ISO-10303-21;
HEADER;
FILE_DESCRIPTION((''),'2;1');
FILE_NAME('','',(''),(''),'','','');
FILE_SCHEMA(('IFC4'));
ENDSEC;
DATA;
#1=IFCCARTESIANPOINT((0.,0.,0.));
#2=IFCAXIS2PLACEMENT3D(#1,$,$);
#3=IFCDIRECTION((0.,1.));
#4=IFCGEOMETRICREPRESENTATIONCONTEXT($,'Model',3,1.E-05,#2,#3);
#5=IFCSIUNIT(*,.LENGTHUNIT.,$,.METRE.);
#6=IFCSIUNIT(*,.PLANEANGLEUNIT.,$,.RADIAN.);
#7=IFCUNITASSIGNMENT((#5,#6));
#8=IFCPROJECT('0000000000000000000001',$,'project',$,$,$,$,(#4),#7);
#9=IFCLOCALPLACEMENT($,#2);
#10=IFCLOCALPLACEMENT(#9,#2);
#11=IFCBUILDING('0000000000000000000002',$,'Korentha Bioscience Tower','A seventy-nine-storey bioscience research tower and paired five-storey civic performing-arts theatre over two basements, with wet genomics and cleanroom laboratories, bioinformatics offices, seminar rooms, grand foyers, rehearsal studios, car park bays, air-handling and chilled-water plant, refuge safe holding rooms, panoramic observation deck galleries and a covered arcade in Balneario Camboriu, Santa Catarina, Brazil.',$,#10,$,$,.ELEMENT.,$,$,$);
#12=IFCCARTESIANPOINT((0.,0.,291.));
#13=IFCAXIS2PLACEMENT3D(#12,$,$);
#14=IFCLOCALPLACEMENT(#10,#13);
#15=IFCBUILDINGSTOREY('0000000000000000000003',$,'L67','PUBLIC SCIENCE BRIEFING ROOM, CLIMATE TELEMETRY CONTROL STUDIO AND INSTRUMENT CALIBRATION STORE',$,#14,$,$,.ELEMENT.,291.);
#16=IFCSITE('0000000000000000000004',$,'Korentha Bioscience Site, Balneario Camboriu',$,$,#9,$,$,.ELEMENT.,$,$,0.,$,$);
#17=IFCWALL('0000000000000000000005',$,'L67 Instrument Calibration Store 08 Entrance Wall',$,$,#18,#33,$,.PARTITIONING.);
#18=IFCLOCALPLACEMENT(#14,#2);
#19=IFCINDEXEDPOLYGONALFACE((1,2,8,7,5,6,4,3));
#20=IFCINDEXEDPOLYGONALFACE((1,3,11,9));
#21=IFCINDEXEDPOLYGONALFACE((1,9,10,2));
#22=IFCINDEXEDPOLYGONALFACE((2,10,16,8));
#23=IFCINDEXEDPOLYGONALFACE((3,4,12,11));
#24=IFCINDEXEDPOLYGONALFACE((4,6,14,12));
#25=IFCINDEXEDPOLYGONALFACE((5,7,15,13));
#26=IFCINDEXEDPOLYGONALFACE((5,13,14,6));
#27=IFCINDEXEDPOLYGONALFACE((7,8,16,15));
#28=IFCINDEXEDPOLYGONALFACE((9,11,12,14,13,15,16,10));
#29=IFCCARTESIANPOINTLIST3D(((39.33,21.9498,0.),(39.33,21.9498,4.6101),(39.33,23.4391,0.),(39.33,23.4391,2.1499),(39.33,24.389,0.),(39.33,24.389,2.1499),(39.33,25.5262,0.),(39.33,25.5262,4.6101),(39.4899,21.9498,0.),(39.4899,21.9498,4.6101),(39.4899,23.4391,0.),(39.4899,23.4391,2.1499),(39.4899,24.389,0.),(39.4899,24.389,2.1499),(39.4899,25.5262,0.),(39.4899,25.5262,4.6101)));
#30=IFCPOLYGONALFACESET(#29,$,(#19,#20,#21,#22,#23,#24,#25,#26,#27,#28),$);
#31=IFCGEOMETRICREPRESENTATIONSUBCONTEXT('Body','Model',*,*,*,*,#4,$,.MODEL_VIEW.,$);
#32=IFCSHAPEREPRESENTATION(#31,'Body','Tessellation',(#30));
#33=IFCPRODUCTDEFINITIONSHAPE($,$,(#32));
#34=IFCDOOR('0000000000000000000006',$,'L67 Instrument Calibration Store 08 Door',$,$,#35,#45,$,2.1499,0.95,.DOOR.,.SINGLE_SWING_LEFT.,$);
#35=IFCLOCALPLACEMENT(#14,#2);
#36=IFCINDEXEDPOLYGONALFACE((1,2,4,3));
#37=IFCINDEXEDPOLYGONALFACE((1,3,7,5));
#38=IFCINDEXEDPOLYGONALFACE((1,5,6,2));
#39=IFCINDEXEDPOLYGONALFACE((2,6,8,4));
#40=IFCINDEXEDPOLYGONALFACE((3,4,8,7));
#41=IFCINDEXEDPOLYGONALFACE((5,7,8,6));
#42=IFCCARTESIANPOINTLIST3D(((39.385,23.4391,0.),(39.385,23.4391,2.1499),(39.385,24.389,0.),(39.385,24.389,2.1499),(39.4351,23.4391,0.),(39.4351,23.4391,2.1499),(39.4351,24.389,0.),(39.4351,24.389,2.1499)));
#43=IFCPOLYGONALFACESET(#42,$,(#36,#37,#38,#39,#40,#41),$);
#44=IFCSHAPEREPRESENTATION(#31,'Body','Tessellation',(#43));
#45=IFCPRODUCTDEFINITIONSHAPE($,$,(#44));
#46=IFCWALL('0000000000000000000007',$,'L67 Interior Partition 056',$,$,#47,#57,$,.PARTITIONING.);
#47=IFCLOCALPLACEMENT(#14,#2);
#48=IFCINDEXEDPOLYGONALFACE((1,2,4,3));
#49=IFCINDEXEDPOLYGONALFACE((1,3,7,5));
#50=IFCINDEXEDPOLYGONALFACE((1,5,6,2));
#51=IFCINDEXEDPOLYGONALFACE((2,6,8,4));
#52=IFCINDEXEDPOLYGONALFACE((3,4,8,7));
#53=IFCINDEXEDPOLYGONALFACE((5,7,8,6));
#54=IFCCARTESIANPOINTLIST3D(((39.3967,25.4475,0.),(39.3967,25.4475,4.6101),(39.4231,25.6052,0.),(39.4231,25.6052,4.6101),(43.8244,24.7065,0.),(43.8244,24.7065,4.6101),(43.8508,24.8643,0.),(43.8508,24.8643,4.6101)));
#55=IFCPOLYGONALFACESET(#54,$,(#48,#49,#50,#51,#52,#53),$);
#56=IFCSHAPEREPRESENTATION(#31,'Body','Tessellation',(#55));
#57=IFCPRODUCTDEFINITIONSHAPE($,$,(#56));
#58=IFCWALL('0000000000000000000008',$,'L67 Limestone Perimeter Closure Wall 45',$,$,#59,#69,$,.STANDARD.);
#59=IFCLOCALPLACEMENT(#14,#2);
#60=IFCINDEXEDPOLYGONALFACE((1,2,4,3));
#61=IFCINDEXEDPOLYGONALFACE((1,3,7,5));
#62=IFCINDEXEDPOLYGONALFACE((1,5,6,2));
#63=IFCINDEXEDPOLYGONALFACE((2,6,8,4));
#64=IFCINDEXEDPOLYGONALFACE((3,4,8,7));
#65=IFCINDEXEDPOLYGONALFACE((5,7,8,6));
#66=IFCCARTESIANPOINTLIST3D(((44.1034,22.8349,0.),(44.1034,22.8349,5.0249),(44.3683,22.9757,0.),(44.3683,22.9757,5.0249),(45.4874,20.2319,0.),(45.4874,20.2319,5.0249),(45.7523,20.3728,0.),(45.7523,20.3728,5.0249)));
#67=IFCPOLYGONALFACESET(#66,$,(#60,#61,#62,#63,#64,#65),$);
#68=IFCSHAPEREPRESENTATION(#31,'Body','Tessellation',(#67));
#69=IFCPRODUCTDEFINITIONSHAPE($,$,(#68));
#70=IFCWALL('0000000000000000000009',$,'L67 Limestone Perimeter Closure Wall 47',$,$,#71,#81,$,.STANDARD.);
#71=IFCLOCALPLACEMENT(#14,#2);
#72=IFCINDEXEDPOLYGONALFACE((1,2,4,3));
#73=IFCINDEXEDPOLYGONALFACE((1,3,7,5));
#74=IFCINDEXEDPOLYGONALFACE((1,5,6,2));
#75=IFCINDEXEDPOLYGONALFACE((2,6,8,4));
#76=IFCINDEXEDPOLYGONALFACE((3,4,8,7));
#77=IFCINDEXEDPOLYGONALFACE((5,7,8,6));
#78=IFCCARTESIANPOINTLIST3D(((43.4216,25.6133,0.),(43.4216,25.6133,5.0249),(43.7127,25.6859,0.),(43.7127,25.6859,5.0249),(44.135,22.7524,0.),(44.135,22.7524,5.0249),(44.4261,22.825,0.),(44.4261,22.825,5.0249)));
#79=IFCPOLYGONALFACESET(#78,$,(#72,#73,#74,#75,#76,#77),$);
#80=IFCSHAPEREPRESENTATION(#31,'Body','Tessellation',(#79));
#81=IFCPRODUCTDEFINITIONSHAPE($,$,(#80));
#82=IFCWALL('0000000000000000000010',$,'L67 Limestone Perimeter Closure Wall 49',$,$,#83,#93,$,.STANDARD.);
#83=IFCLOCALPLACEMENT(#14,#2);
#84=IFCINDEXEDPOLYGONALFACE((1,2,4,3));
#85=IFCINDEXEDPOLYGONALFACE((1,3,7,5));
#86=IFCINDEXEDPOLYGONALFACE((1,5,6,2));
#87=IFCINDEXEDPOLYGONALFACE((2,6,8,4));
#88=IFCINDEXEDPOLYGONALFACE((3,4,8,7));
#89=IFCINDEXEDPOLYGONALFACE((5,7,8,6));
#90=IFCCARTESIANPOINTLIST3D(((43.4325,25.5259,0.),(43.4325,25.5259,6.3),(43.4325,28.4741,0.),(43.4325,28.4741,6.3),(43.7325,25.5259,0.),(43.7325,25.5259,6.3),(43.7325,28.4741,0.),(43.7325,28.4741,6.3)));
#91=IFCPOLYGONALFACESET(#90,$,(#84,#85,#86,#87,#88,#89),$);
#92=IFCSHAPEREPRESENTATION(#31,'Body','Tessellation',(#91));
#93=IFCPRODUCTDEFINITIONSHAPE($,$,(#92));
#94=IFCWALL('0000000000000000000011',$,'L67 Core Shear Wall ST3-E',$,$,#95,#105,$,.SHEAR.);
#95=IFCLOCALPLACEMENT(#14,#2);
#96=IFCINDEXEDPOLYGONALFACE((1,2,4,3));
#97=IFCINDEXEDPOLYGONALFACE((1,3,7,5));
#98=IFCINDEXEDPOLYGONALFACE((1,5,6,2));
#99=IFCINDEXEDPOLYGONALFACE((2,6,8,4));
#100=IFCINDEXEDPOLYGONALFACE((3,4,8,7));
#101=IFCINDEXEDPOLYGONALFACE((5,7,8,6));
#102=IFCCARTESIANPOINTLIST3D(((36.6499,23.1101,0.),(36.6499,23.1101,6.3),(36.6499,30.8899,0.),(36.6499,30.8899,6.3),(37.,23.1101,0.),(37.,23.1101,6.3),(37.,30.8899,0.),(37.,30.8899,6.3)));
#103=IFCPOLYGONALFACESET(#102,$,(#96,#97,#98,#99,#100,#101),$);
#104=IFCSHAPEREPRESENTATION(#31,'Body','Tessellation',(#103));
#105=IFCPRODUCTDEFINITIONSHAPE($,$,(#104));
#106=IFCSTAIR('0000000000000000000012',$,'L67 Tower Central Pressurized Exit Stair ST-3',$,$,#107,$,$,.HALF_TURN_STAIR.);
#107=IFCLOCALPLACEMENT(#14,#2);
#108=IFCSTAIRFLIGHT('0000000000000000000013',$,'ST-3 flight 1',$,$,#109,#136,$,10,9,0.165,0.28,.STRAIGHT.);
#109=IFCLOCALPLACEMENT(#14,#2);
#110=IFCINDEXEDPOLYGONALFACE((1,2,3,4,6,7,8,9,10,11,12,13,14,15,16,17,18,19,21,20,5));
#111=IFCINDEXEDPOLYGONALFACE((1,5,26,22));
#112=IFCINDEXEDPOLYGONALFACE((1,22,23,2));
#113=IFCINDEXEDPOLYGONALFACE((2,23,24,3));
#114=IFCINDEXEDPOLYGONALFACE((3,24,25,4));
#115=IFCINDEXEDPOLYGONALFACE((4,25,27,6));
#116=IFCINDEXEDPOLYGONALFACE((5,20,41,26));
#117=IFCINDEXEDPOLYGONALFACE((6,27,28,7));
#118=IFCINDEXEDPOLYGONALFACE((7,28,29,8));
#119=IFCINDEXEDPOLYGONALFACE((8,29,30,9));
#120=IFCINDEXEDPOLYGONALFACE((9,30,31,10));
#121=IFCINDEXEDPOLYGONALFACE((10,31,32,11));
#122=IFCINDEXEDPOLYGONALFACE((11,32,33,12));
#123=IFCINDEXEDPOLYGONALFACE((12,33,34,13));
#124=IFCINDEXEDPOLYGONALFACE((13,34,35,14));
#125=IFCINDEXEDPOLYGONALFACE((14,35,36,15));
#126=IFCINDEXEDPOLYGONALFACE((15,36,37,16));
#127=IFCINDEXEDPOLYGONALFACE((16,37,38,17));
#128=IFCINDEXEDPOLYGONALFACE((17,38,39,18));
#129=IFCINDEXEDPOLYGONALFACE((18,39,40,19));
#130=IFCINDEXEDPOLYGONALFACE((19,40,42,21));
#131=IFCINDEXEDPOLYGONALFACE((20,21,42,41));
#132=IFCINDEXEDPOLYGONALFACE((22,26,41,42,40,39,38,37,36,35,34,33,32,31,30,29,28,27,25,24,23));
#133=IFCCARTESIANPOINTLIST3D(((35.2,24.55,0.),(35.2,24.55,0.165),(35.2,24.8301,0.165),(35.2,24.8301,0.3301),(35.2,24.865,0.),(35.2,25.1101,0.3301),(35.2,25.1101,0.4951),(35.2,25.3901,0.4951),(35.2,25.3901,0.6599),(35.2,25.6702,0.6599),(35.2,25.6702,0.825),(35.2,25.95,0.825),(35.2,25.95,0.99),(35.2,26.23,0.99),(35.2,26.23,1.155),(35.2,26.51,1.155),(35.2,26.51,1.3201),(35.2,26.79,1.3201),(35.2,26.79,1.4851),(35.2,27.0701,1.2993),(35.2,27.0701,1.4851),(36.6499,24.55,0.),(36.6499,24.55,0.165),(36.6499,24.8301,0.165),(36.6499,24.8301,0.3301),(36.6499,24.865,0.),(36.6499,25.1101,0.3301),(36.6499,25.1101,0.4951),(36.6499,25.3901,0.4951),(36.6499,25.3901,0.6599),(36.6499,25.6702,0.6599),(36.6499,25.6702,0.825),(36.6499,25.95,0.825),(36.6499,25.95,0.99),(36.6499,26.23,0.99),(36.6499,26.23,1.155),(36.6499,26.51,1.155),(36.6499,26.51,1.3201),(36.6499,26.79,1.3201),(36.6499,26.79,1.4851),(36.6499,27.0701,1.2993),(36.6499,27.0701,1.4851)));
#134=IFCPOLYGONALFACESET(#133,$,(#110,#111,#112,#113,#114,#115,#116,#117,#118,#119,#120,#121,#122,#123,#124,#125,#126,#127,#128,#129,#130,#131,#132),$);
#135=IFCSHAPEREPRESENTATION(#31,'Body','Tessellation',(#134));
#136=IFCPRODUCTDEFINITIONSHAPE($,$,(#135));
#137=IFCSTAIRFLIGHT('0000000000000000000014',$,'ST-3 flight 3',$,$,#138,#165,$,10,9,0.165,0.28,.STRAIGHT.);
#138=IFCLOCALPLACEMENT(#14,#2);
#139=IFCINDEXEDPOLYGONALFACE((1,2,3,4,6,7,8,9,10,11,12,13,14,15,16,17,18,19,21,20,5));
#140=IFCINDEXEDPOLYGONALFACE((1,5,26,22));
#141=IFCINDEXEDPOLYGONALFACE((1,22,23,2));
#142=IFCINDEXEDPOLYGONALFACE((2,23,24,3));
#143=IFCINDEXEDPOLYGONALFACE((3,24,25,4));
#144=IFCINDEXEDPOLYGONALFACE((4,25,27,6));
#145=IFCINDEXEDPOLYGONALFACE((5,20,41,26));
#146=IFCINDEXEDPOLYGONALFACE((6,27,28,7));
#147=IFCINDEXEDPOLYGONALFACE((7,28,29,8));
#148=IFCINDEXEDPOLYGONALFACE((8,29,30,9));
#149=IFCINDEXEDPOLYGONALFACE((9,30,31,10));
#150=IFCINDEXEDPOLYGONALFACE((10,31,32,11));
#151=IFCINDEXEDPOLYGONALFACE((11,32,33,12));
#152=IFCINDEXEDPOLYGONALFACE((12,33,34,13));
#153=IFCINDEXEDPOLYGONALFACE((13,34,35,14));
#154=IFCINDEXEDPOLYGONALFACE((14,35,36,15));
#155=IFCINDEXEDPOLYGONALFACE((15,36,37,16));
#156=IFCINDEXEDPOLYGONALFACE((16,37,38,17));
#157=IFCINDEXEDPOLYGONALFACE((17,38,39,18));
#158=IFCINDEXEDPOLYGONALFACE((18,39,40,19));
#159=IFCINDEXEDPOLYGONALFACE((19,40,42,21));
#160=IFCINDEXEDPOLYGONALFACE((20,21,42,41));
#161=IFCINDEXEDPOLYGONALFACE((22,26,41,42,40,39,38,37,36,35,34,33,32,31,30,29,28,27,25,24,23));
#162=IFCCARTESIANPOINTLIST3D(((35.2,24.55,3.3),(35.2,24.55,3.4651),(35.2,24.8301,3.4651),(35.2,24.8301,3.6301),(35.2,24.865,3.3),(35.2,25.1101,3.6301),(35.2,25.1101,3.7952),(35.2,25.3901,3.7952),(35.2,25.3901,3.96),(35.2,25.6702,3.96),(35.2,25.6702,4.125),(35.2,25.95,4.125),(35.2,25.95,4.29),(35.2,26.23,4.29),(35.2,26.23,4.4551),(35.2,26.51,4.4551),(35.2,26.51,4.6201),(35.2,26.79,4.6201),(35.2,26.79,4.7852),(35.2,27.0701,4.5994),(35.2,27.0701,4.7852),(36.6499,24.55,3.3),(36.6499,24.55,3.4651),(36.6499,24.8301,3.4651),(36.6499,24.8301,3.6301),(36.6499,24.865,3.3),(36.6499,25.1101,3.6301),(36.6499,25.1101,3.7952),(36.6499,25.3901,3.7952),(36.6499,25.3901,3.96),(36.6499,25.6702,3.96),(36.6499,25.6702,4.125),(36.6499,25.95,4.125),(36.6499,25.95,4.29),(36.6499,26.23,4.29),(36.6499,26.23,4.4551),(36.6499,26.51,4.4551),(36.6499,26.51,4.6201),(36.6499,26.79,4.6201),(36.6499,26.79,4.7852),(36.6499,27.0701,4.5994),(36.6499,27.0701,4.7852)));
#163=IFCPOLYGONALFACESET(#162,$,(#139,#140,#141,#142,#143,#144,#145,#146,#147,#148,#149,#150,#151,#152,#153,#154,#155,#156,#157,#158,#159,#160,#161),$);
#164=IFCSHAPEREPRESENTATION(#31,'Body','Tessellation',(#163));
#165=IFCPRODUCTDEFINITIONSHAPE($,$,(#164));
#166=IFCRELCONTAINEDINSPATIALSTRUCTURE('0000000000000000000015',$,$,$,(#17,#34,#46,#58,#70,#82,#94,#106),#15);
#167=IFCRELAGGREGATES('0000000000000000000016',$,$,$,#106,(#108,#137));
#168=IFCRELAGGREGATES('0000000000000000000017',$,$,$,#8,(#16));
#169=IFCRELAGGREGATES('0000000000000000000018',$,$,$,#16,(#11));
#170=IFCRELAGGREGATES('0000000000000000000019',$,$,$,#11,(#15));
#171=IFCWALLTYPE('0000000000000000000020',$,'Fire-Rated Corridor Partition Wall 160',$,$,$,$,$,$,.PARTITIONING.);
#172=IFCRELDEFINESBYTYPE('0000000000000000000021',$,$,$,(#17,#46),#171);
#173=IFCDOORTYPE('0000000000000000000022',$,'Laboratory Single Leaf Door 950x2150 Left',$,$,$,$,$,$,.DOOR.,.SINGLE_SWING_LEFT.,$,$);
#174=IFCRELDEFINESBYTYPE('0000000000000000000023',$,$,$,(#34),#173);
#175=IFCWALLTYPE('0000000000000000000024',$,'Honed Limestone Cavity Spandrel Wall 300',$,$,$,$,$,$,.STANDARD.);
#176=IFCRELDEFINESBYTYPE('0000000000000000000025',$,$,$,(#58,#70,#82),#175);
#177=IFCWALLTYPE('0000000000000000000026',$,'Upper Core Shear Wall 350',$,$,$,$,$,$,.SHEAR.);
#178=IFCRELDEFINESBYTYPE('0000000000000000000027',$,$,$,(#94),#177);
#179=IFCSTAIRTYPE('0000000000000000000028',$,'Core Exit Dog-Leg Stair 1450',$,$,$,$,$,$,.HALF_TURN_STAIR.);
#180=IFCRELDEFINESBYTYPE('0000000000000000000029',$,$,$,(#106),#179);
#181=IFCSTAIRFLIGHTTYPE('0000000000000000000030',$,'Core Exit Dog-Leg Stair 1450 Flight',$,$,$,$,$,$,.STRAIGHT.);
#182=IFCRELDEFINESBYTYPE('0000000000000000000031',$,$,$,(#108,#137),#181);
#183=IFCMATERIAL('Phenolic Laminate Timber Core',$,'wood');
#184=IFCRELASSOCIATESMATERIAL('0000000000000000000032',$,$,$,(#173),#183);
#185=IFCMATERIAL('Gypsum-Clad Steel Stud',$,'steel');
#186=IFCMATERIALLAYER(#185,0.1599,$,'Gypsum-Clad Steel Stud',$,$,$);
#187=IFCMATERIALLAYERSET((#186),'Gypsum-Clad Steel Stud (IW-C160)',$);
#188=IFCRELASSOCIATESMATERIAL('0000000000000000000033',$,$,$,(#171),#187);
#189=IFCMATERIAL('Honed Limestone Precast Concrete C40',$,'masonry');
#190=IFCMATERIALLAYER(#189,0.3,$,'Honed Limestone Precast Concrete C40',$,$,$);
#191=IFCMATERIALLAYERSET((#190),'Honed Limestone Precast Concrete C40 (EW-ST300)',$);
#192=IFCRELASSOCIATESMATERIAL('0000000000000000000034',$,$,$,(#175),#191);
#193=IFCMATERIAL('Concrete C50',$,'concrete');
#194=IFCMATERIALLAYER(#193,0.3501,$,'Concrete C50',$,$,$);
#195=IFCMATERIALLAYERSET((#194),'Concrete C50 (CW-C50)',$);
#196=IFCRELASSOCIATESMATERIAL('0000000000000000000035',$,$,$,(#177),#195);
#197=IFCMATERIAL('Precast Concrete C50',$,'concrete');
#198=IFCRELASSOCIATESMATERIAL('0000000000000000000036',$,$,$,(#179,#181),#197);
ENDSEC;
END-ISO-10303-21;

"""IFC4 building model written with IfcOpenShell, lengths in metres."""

from ifc_helpers import new_model, si_unit, direction, frame, frame_2d, origin, place, context, subcontext, project, spatial, polyline, rectangle, outline, extrude, material, layer, layer_set, type_object, element, fill, aggregate, save


model = new_model("IFC4")

# Units and contexts
model_context = context("Model", 3, precision=1e-05, world=origin(), true_north=direction((0.0, 1.0)))
body_context = subcontext(model_context, "Body", "Model", "MODEL_VIEW")
ifc_project = project(units=[si_unit("LENGTHUNIT", "METRE"), si_unit("PLANEANGLEUNIT", "RADIAN")], contexts=[model_context])

# Site, building, storey
site_placement = place(None, origin())
site = spatial("IfcSite", under=ifc_project, at=site_placement, Name="Korentha Bioscience Site, Balneario Camboriu", CompositionType="ELEMENT", RefElevation=0.0)
building_placement = place(site_placement, origin())
building = spatial("IfcBuilding", under=site, at=building_placement, Name="Korentha Bioscience Tower", Description="A seventy-nine-storey bioscience research tower and paired five-storey civic performing-arts theatre over two basements, with wet genomics and cleanroom laboratories, bioinformatics offices, seminar rooms, grand foyers, rehearsal studios, car park bays, air-handling and chilled-water plant, refuge safe holding rooms, panoramic observation deck galleries and a covered arcade in Balneario Camboriu, Santa Catarina, Brazil.", CompositionType="ELEMENT")
storey_placement = place(building_placement, frame((0.0, 0.0, 291.0)))
storey = spatial("IfcBuildingStorey", under=building, at=storey_placement, Name="L67", Description="PUBLIC SCIENCE BRIEFING ROOM, CLIMATE TELEMETRY CONTROL STUDIO AND INSTRUMENT CALIBRATION STORE", CompositionType="ELEMENT", Elevation=291.0)

# Shared definitions
ifc_material_1 = material(Name="Concrete C50", Category="concrete")

# Shared definitions
ifc_material_2 = material(Name="Phenolic Laminate Timber Core", Category="wood")
door_type_1 = type_object("IfcDoorType", Name="Laboratory Single Leaf Door 950x2150 Left", OperationType="SINGLE_SWING_LEFT", PredefinedType="DOOR", material=ifc_material_2)

# Wall, opening, door
ifc_material_3 = material(Name="Gypsum-Clad Steel Stud", Category="steel")
ifc_layer_1 = layer(ifc_material_3, 0.1599, Name="Gypsum-Clad Steel Stud")
ifc_layer_set_1 = layer_set([ifc_layer_1], Name="Gypsum-Clad Steel Stud (IW-C160)")
wall_type_1 = type_object("IfcWallType", Name="Fire-Rated Corridor Partition Wall 160", PredefinedType="PARTITIONING", material=ifc_layer_set_1)
wall_1_placement = place(storey_placement, frame((39.4099, 21.95, 0.0), z_axis=(0.0, 0.0, 1.0), x_axis=(0.0, 1.0, 0.0)))
wall_1 = element("IfcWall", 1, at=wall_1_placement, inside=storey, type_object=wall_type_1, Name="L67 Instrument Calibration Store 08 Entrance Wall", PredefinedType="PARTITIONING", context=body_context, shape_type="SweptSolid", body=[
    extrude(rectangle(XDim=3.5764, YDim=0.1599, at=frame_2d((1.7881, 0.0))), origin(), (0.0, 0.0, 1.0), 4.6101),
])
opening_1_placement = place(wall_1_placement, frame((1.489, 0.0, 0.0)))
opening_1 = element("IfcOpeningElement", 2, at=opening_1_placement, cuts=wall_1, PredefinedType="OPENING", context=body_context, shape_type="SweptSolid", body=[
    extrude(rectangle(XDim=0.95, YDim=2.1499, at=frame_2d((0.4751, 1.075))), frame((0.0, 0.0947, 0.0), z_axis=(0.0, -1.0, 0.0), x_axis=(1.0, 0.0, 0.0)), (0.0, 0.0, 1.0), 0.1897),
])
door_1_placement = place(opening_1_placement, origin())
door_1 = element("IfcDoor", 3, at=door_1_placement, inside=storey, type_object=door_type_1, Name="L67 Instrument Calibration Store 08 Door", OperationType="SINGLE_SWING_LEFT", OverallHeight=2.1499, OverallWidth=0.95, PredefinedType="DOOR", context=body_context, shape_type="SweptSolid", body=[
    extrude(rectangle(XDim=0.95, YDim=2.1499, at=frame_2d((0.4751, 1.075))), frame((0.0, 0.0249, 0.0), z_axis=(0.0, -1.0, 0.0), x_axis=(1.0, 0.0, 0.0)), (0.0, 0.0, 1.0), 0.05),
])
fill(opening_1, door_1)

# Walls
wall_2_placement = place(storey_placement, frame((39.4099, 25.5264, 0.0), z_axis=(0.0, 0.0, 1.0), x_axis=(0.986285, -0.165052, 0.0)))
element("IfcWall", 4, at=wall_2_placement, inside=storey, type_object=wall_type_1, Name="L67 Interior Partition 056", PredefinedType="PARTITIONING", context=body_context, shape_type="SweptSolid", body=[
    extrude(rectangle(XDim=4.4893, YDim=0.1599, at=frame_2d((2.2446, 0.0))), origin(), (0.0, 0.0, 1.0), 4.6101),
])
ifc_material_4 = material(Name="Honed Limestone Precast Concrete C40", Category="masonry")
ifc_layer_2 = layer(ifc_material_4, 0.3, Name="Honed Limestone Precast Concrete C40")
ifc_layer_set_2 = layer_set([ifc_layer_2], Name="Honed Limestone Precast Concrete C40 (EW-ST300)")
wall_type_2 = type_object("IfcWallType", Name="Honed Limestone Cavity Spandrel Wall 300", PredefinedType="STANDARD", material=ifc_layer_set_2)
wall_3_placement = place(storey_placement, frame((45.6199, 20.3022, 0.0), z_axis=(0.0, 0.0, 1.0), x_axis=(-0.469466, 0.882951, 0.0)))
element("IfcWall", 5, at=wall_3_placement, inside=storey, type_object=wall_type_2, Name="L67 Limestone Perimeter Closure Wall 45", PredefinedType="STANDARD", context=body_context, shape_type="SweptSolid", body=[
    extrude(rectangle(XDim=2.948, YDim=0.3, at=frame_2d((1.4741, 0.0))), origin(), (0.0, 0.0, 1.0), 5.0249),
])
wall_4_placement = place(storey_placement, frame((44.2805, 22.7888, 0.0), z_axis=(0.0, 0.0, 1.0), x_axis=(-0.241951, 0.970288, 0.0)))
element("IfcWall", 6, at=wall_4_placement, inside=storey, type_object=wall_type_2, Name="L67 Limestone Perimeter Closure Wall 47", PredefinedType="STANDARD", context=body_context, shape_type="SweptSolid", body=[
    extrude(rectangle(XDim=2.9485, YDim=0.3, at=frame_2d((1.4741, 0.0))), origin(), (0.0, 0.0, 1.0), 5.0249),
])
wall_5_placement = place(storey_placement, frame((43.5825, 25.5259, 0.0), z_axis=(0.0, 0.0, 1.0), x_axis=(0.0, 1.0, 0.0)))
element("IfcWall", 7, at=wall_5_placement, inside=storey, type_object=wall_type_2, Name="L67 Limestone Perimeter Closure Wall 49", PredefinedType="STANDARD", context=body_context, shape_type="SweptSolid", body=[
    extrude(rectangle(XDim=2.9482, YDim=0.3, at=frame_2d((1.4741, 0.0))), origin(), (0.0, 0.0, 1.0), 6.3),
])
ifc_layer_3 = layer(ifc_material_1, 0.3501, Name="Concrete C50")
ifc_layer_set_3 = layer_set([ifc_layer_3], Name="Concrete C50 (CW-C50)")
wall_type_3 = type_object("IfcWallType", Name="Upper Core Shear Wall 350", PredefinedType="SHEAR", material=ifc_layer_set_3)
wall_6_placement = place(storey_placement, frame((36.825, 23.1101, 0.0), z_axis=(0.0, 0.0, 1.0), x_axis=(0.0, 1.0, 0.0)))
element("IfcWall", 8, at=wall_6_placement, inside=storey, type_object=wall_type_3, Name="L67 Core Shear Wall ST3-E", PredefinedType="SHEAR", context=body_context, shape_type="SweptSolid", body=[
    extrude(rectangle(XDim=7.7798, YDim=0.3501, at=frame_2d((3.8899, 0.0))), origin(), (0.0, 0.0, 1.0), 6.3),
])

# Stair, stair flights
ifc_material_5 = material(Name="Precast Concrete C50", Category="concrete")
stair_type = type_object("IfcStairType", Name="Core Exit Dog-Leg Stair 1450", PredefinedType="HALF_TURN_STAIR", material=ifc_material_5)
stair_placement = place(storey_placement, origin())
stair = element("IfcStair", 9, at=stair_placement, inside=storey, type_object=stair_type, Name="L67 Tower Central Pressurized Exit Stair ST-3", PredefinedType="HALF_TURN_STAIR")
stair_flight_type = type_object("IfcStairFlightType", Name="Core Exit Dog-Leg Stair 1450 Flight", PredefinedType="STRAIGHT", material=ifc_material_5)
stair_flight_1_placement = place(storey_placement, frame((35.925, 24.55, 0.0), z_axis=(0.0, 0.0, 1.0), x_axis=(0.0, 1.0, 0.0)))
stair_flight_1 = element("IfcStairFlight", 10, at=stair_flight_1_placement, type_object=stair_flight_type, Name="ST-3 flight 1", NumberOfRisers=10, NumberOfTreads=9, PredefinedType="STRAIGHT", RiserHeight=0.165, TreadLength=0.28, context=body_context, shape_type="SweptSolid", body=[
    extrude(outline(polyline([(0.0, 0.0), (0.0, 0.165), (0.28, 0.165), (0.28, 0.3301), (0.5601, 0.3301), (0.5601, 0.4951), (0.8401, 0.4951), (0.8401, 0.6599), (1.1201, 0.6599), (1.1201, 0.825), (1.3999, 0.825), (1.3999, 0.99), (1.6799, 0.99), (1.6799, 1.155), (1.96, 1.155), (1.96, 1.3201), (2.24, 1.3201), (2.24, 1.4851), (2.52, 1.4851), (2.52, 1.6499), (2.52, 1.2993), (0.3149, 0.0), (0.0, 0.0)])), frame((0.0, 0.7251, 0.0), z_axis=(0.0, -1.0, 0.0), x_axis=(1.0, 0.0, 0.0)), (0.0, 0.0, 1.0), 1.45),
])
stair_flight_2_placement = place(storey_placement, frame((35.925, 24.55, 3.3), z_axis=(0.0, 0.0, 1.0), x_axis=(0.0, 1.0, 0.0)))
stair_flight_2 = element("IfcStairFlight", 11, at=stair_flight_2_placement, type_object=stair_flight_type, Name="ST-3 flight 3", NumberOfRisers=10, NumberOfTreads=9, PredefinedType="STRAIGHT", RiserHeight=0.165, TreadLength=0.28, context=body_context, shape_type="SweptSolid", body=[
    extrude(outline(polyline([(0.0, 0.0), (0.0, 0.165), (0.28, 0.165), (0.28, 0.3301), (0.5601, 0.3301), (0.5601, 0.4951), (0.8401, 0.4951), (0.8401, 0.6599), (1.1201, 0.6599), (1.1201, 0.825), (1.3999, 0.825), (1.3999, 0.99), (1.6799, 0.99), (1.6799, 1.155), (1.96, 1.155), (1.96, 1.3201), (2.24, 1.3201), (2.24, 1.4851), (2.52, 1.4851), (2.52, 1.6499), (2.52, 1.2993), (0.3149, 0.0), (0.0, 0.0)])), frame((0.0, 0.7251, 0.0), z_axis=(0.0, -1.0, 0.0), x_axis=(1.0, 0.0, 0.0)), (0.0, 0.0, 1.0), 1.45),
])
aggregate(stair, [stair_flight_1, stair_flight_2])

save(model, "model.ifc")
